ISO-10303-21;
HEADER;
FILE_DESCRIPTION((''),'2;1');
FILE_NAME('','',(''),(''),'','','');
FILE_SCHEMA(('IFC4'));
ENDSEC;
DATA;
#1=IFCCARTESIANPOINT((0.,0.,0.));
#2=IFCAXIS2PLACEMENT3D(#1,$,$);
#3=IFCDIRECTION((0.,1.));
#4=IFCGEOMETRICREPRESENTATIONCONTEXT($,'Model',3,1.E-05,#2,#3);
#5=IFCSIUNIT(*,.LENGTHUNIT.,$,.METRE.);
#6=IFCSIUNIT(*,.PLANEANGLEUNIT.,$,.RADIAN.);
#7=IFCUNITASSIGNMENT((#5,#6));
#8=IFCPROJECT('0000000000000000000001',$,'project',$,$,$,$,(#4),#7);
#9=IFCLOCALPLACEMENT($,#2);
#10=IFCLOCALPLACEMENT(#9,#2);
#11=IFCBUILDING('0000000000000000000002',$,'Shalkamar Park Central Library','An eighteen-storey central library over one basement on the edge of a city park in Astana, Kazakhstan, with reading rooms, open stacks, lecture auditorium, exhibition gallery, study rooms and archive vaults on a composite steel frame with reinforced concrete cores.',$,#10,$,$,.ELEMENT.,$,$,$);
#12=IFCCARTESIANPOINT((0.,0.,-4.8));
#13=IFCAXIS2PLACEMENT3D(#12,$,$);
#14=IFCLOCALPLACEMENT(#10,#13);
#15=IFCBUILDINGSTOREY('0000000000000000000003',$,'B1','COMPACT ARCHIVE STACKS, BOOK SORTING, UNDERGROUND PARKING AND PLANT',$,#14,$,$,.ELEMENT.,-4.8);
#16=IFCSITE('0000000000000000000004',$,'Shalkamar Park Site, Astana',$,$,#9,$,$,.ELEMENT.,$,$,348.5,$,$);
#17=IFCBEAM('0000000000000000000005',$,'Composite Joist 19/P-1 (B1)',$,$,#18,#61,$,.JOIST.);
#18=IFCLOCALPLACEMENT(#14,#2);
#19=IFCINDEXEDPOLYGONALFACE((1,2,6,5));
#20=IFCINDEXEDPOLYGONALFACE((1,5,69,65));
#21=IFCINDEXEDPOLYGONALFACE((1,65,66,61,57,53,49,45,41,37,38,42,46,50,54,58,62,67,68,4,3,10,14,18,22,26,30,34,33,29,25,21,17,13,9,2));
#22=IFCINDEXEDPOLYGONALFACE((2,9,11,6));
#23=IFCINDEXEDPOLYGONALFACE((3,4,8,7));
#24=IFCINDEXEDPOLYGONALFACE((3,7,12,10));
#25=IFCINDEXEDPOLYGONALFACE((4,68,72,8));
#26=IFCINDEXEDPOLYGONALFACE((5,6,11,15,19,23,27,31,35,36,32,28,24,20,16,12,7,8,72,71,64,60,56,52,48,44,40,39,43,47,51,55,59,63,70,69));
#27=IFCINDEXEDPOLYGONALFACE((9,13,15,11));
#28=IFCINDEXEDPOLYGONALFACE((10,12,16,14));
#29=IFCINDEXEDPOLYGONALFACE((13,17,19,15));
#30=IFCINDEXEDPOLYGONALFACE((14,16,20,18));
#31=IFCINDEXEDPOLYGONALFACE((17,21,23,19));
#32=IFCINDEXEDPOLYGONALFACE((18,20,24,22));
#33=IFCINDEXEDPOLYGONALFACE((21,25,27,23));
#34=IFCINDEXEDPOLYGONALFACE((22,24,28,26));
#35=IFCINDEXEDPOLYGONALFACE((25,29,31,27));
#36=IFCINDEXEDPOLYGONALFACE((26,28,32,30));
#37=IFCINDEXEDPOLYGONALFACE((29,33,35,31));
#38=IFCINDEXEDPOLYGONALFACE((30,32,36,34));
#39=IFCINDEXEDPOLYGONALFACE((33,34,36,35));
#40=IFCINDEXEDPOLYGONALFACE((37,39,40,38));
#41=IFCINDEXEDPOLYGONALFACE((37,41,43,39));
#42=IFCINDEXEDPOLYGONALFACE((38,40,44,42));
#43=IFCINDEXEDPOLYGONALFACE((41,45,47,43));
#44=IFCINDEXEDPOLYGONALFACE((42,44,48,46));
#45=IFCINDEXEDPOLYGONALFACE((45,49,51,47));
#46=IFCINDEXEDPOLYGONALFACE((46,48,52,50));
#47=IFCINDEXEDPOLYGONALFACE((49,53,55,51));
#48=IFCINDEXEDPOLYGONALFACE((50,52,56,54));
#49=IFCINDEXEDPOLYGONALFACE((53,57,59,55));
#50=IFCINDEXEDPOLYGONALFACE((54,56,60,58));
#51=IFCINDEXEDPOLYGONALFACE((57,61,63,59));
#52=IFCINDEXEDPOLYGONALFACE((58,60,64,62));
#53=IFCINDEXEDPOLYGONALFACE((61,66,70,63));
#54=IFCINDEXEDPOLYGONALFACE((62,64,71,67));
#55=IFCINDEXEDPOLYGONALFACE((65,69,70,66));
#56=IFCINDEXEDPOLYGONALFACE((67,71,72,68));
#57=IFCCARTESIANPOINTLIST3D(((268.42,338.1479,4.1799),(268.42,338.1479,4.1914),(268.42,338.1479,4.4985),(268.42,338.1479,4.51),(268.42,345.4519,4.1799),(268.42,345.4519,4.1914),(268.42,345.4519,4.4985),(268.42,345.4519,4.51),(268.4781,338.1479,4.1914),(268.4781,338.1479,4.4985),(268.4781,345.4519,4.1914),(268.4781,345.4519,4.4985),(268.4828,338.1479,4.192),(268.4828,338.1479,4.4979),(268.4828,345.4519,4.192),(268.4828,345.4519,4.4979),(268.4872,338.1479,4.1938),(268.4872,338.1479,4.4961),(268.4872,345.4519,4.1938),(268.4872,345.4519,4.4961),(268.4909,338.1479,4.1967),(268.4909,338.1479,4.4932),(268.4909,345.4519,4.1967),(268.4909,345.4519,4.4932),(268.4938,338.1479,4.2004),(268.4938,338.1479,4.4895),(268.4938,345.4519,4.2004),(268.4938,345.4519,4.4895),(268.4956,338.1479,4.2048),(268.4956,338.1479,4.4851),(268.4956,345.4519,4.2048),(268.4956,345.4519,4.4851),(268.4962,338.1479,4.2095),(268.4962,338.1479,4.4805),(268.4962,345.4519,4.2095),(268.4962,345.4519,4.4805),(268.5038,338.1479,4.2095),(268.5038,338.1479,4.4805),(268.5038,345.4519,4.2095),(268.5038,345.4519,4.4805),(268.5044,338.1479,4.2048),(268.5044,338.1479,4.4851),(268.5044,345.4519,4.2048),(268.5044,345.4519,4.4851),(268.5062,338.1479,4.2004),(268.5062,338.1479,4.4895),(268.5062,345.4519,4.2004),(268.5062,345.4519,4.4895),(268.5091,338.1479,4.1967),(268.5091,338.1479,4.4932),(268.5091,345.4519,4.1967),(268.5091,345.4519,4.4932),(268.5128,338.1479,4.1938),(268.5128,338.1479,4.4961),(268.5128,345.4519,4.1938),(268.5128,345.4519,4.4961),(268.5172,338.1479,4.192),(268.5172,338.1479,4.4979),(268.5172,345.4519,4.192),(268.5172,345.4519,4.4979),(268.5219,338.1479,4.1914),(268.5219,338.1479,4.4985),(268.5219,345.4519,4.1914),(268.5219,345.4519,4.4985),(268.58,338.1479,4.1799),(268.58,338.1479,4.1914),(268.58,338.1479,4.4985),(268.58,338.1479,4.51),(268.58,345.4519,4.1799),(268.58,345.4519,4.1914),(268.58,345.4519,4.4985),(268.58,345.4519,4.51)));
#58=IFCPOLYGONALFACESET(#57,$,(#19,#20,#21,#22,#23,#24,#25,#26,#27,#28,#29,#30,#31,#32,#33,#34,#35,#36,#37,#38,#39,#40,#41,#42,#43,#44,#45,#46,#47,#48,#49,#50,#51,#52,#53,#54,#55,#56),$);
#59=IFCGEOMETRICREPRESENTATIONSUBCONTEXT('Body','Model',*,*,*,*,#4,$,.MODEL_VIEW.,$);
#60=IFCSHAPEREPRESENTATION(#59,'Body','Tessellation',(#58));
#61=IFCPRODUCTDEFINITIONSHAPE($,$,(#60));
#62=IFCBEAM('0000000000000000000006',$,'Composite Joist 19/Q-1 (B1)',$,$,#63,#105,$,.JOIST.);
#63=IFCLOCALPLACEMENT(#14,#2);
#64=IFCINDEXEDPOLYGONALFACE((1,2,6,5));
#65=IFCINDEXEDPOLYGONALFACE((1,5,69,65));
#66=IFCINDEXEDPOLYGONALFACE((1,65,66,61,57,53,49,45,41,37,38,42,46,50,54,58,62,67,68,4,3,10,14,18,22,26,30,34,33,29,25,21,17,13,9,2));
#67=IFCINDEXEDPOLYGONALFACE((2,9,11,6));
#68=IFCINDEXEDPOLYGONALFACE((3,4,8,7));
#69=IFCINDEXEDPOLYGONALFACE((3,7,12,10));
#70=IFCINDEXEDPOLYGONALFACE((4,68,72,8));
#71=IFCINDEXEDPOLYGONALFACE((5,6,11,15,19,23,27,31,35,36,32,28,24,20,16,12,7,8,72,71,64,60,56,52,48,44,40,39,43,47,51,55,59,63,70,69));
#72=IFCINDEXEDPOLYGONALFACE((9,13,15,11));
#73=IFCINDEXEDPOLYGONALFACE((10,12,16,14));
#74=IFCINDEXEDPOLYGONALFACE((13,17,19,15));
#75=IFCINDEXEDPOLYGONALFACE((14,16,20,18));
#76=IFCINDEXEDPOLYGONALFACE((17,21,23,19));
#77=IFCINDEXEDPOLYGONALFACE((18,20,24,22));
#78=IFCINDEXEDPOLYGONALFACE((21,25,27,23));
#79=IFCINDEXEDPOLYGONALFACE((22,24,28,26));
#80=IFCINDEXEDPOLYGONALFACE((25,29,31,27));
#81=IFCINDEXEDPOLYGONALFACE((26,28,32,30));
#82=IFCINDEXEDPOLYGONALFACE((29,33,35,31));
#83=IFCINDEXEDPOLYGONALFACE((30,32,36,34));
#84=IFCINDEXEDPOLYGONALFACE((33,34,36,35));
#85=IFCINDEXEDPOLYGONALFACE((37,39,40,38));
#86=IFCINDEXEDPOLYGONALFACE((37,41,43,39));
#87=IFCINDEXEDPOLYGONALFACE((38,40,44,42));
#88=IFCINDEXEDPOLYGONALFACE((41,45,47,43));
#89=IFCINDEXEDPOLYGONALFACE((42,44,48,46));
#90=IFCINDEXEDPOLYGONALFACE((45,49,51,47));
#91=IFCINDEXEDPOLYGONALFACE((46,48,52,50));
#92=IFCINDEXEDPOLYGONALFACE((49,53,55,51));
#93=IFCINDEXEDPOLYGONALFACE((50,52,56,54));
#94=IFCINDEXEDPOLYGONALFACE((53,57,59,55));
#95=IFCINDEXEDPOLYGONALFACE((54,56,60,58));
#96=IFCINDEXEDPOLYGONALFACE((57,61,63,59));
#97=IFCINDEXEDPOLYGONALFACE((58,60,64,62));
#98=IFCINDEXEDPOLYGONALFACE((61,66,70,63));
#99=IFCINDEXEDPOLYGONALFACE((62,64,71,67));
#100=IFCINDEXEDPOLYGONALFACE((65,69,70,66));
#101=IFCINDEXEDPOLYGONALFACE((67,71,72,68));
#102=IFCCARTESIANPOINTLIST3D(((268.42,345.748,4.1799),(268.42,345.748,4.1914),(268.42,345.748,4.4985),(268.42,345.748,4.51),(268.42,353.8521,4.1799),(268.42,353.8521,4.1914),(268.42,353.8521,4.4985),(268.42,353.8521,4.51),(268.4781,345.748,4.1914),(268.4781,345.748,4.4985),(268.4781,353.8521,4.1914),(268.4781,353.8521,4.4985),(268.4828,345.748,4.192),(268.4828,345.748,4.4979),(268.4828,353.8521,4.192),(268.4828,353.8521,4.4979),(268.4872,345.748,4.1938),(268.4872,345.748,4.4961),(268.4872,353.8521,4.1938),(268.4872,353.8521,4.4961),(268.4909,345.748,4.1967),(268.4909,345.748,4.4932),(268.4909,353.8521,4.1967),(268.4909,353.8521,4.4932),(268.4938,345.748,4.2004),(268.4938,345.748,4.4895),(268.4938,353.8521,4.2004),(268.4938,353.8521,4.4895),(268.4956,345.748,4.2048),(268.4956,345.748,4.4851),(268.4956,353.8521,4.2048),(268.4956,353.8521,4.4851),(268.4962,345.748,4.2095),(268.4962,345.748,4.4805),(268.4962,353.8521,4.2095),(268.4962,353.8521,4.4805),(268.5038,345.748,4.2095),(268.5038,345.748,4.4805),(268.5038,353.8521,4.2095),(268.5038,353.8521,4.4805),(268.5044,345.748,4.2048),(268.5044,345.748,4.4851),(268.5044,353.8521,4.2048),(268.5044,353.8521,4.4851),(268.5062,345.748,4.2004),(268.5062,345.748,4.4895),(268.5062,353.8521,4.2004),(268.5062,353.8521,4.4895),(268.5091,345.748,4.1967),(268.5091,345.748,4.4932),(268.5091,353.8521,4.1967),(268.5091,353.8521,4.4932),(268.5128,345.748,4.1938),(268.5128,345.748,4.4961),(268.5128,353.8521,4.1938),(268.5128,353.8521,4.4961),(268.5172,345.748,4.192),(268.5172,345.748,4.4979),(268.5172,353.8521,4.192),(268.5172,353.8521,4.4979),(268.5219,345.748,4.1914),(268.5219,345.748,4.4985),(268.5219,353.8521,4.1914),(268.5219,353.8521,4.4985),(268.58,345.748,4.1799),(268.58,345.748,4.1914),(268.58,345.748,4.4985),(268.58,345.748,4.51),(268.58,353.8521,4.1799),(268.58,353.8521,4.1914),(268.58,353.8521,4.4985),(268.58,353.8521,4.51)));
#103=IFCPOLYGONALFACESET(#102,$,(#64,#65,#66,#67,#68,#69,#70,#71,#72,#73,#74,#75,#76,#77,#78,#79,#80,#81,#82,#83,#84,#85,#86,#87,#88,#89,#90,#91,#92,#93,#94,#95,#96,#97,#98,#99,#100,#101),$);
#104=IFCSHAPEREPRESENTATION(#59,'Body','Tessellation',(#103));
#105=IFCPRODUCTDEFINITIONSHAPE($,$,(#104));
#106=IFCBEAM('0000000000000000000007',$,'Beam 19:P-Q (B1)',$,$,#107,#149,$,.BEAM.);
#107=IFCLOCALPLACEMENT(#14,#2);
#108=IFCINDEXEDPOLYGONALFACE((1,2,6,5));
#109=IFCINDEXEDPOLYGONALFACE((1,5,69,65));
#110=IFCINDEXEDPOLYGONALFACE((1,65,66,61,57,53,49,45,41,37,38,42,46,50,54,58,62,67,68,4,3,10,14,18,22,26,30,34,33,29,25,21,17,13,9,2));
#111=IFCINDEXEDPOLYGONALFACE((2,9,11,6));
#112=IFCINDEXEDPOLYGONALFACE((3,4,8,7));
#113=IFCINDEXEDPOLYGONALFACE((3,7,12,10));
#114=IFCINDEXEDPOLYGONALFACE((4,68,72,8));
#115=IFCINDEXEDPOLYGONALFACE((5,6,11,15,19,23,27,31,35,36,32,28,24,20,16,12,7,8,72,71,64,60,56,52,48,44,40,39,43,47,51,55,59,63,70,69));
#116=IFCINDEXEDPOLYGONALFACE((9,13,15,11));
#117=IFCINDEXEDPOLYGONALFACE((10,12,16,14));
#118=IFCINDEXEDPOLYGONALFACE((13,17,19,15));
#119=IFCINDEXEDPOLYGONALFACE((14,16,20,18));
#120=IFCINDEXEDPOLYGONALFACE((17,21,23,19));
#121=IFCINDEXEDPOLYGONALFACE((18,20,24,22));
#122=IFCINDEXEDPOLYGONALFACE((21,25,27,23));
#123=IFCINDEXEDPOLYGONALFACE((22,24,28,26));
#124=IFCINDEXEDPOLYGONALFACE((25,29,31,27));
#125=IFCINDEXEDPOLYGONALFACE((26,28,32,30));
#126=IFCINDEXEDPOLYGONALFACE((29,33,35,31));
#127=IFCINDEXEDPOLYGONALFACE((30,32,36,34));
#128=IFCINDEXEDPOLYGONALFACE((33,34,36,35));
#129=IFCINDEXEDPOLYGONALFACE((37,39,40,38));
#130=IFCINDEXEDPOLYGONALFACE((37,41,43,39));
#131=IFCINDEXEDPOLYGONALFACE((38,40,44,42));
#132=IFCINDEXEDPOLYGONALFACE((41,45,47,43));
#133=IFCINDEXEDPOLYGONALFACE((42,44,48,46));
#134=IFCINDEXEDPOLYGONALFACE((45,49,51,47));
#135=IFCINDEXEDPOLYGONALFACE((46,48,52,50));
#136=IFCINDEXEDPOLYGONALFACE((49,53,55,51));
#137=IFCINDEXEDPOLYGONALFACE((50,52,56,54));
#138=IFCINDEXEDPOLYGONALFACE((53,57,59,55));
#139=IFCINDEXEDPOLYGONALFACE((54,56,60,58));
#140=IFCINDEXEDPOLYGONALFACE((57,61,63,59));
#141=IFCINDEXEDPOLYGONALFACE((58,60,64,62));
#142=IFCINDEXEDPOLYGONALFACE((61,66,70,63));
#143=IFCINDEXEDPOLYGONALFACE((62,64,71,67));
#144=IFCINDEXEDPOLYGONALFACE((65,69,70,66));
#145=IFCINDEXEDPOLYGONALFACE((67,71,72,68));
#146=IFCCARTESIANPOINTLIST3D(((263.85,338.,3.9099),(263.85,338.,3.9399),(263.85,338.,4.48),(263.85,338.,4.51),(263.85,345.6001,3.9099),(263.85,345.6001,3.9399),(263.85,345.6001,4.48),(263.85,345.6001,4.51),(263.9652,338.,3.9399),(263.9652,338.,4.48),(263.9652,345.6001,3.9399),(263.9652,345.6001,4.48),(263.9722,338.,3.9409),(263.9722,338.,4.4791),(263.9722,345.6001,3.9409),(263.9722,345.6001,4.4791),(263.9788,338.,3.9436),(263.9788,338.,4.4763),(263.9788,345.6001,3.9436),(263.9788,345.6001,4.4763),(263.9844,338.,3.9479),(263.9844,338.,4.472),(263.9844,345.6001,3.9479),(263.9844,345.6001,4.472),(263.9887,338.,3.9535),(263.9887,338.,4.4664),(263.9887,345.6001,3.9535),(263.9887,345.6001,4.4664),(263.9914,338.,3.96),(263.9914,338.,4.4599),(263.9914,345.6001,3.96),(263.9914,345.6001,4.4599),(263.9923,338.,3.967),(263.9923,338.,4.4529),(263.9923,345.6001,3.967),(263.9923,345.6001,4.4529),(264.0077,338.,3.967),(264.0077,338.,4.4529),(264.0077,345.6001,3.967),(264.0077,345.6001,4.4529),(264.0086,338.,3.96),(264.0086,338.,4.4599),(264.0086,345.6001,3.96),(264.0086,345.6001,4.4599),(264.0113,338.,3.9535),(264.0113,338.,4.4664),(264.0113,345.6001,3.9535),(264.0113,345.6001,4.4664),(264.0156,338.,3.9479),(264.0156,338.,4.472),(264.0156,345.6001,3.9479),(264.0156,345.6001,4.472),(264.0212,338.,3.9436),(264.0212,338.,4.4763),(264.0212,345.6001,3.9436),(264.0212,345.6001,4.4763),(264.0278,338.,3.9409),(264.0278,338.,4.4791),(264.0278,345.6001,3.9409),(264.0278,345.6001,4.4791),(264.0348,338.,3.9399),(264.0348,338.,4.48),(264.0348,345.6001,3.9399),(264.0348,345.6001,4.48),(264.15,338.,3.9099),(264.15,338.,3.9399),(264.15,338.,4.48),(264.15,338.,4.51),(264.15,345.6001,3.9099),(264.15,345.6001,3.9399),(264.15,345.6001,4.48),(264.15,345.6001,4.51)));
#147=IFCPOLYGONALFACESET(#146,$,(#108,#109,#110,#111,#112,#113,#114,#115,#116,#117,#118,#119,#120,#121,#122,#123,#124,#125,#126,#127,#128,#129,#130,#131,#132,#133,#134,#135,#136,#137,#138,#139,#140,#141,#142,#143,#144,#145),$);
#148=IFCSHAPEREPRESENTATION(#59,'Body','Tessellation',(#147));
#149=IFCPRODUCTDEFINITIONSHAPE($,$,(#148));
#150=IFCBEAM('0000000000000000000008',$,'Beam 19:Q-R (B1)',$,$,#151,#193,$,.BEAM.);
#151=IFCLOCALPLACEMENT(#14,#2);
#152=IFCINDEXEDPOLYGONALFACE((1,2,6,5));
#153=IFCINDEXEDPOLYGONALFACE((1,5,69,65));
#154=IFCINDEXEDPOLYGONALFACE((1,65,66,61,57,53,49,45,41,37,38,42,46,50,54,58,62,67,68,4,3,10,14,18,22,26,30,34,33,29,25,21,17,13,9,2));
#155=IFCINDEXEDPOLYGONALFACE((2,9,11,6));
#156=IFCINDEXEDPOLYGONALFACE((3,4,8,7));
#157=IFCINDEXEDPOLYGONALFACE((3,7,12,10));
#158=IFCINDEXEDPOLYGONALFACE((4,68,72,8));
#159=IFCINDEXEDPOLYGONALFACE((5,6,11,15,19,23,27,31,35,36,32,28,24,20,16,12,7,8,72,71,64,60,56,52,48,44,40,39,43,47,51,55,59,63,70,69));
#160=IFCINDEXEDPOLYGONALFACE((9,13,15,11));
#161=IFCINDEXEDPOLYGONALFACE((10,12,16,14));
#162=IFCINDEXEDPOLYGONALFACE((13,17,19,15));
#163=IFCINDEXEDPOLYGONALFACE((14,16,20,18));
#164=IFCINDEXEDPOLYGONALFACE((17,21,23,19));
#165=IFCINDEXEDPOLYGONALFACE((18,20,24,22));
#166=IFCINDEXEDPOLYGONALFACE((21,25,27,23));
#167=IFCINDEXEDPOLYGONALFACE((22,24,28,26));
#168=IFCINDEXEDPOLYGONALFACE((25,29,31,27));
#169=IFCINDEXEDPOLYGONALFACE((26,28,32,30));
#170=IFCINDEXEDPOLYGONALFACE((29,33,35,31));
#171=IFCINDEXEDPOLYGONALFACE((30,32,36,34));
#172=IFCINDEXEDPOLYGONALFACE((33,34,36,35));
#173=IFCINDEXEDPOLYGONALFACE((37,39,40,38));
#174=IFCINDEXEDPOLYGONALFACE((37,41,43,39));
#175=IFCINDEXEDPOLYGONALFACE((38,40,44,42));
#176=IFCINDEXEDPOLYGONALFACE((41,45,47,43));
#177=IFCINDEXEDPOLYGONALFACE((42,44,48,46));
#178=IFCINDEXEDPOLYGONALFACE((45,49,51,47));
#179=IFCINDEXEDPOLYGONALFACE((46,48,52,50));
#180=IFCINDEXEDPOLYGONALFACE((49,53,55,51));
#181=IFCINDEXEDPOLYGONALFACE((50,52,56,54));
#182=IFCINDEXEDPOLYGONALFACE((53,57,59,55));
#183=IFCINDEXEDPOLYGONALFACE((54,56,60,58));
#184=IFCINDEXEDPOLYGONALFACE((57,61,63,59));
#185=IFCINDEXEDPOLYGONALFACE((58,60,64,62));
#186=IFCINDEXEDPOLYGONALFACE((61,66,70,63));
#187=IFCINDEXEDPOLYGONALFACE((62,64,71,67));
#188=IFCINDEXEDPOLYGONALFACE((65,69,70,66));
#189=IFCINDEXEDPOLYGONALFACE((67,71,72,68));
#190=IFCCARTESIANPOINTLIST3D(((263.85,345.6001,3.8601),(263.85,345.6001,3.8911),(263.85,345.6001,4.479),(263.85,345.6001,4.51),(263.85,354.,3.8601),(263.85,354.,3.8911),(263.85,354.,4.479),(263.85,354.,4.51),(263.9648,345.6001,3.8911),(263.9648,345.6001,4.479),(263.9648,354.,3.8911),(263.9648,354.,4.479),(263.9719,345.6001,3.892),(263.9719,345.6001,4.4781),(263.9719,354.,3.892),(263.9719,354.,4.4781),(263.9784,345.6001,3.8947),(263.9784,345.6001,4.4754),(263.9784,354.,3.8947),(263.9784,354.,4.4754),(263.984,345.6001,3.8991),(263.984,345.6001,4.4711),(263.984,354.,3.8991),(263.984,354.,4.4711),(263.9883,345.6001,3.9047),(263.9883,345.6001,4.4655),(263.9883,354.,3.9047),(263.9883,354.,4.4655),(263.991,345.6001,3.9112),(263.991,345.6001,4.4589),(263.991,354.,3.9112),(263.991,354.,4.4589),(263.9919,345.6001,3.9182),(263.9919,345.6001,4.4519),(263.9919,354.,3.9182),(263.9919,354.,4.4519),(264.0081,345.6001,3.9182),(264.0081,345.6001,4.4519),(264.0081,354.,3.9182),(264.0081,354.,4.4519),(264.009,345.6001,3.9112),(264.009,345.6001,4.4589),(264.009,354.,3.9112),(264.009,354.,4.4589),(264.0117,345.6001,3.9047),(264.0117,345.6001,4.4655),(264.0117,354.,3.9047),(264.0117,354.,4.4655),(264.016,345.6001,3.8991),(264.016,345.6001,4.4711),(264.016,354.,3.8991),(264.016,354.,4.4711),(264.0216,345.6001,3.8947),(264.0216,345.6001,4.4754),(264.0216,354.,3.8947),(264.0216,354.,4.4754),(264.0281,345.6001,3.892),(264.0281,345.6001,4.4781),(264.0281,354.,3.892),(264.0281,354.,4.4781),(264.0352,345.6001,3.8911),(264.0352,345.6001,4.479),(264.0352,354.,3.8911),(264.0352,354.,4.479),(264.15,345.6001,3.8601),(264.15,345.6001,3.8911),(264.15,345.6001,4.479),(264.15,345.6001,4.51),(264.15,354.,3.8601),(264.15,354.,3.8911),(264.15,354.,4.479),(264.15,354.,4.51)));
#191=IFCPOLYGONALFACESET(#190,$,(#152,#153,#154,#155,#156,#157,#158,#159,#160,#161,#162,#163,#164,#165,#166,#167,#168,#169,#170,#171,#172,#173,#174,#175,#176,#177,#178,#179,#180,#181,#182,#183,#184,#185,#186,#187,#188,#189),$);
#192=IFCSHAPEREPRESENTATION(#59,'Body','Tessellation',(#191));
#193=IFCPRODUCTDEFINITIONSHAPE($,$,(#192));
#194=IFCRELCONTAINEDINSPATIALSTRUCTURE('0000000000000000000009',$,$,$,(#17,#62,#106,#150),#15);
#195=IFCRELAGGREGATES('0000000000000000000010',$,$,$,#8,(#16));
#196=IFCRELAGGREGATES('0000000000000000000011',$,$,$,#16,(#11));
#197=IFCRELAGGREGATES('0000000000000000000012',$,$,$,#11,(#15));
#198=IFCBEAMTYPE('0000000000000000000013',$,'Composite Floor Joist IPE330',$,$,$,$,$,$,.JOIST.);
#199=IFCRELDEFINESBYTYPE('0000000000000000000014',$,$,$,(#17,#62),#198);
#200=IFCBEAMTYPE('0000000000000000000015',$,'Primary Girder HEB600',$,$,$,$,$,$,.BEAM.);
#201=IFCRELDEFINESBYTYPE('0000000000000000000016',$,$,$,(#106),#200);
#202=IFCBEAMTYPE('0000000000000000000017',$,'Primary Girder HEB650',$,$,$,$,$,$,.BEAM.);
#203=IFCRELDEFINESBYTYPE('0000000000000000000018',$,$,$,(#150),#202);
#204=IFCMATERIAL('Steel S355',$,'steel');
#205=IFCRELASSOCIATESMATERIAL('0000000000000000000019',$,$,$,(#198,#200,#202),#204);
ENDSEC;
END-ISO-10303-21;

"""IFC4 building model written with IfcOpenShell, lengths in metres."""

from ifc_helpers import new_model, si_unit, direction, frame, origin, origin_2d, place, context, subcontext, project, spatial, i_section, extrude, material, material_profile, profile_set, type_object, element, save


model = new_model("IFC4")

# Units and contexts
model_context = context("Model", 3, precision=1e-05, world=origin(), true_north=direction((0.0, 1.0)))
body_context = subcontext(model_context, "Body", "Model", "MODEL_VIEW")
ifc_project = project(units=[si_unit("LENGTHUNIT", "METRE"), si_unit("PLANEANGLEUNIT", "RADIAN")], contexts=[model_context])

# Site, building, storey
site_placement = place(None, origin())
site = spatial("IfcSite", under=ifc_project, at=site_placement, Name="Shalkamar Park Site, Astana", CompositionType="ELEMENT", RefElevation=348.5)
building_placement = place(site_placement, origin())
building = spatial("IfcBuilding", under=site, at=building_placement, Name="Shalkamar Park Central Library", Description="An eighteen-storey central library over one basement on the edge of a city park in Astana, Kazakhstan, with reading rooms, open stacks, lecture auditorium, exhibition gallery, study rooms and archive vaults on a composite steel frame with reinforced concrete cores.", CompositionType="ELEMENT")
storey_placement = place(building_placement, frame((0.0, 0.0, -4.8)))
storey = spatial("IfcBuildingStorey", under=building, at=storey_placement, Name="B1", Description="COMPACT ARCHIVE STACKS, BOOK SORTING, UNDERGROUND PARKING AND PLANT", CompositionType="ELEMENT", Elevation=-4.8)

# Shared definitions
ifc_material_1 = material(Name="Steel S355", Category="steel")

# Beams
ifc_material_profile_1 = material_profile(ifc_material_1, i_section(OverallWidth=0.1599, OverallDepth=0.3301, WebThickness=0.0076, FlangeThickness=0.0115, FilletRadius=0.0181, at=origin_2d()), Name="IPE 330")
ifc_profile_set_1 = profile_set([ifc_material_profile_1], Name="Steel S355")
beam_type_1 = type_object("IfcBeamType", Name="Composite Floor Joist IPE330", PredefinedType="JOIST", material=ifc_profile_set_1)
beam_1_placement = place(storey_placement, frame((268.5, 338.1479, 4.345), z_axis=(0.0, 1.0, 0.0), x_axis=(-1.0, 0.0, 0.0)))
element("IfcBeam", 1, at=beam_1_placement, inside=storey, type_object=beam_type_1, Name="Composite Joist 19/P-1 (B1)", PredefinedType="JOIST", context=body_context, shape_type="SweptSolid", body=[
    extrude(i_section(OverallWidth=0.1599, OverallDepth=0.3301, WebThickness=0.0076, FlangeThickness=0.0115, FilletRadius=0.0181, at=origin_2d()), origin(), (0.0, 0.0, 1.0), 7.304),
])
beam_2_placement = place(storey_placement, frame((268.5, 345.748, 4.345), z_axis=(0.0, 1.0, 0.0), x_axis=(-1.0, 0.0, 0.0)))
element("IfcBeam", 2, at=beam_2_placement, inside=storey, type_object=beam_type_1, Name="Composite Joist 19/Q-1 (B1)", PredefinedType="JOIST", context=body_context, shape_type="SweptSolid", body=[
    extrude(i_section(OverallWidth=0.1599, OverallDepth=0.3301, WebThickness=0.0076, FlangeThickness=0.0115, FilletRadius=0.0181, at=origin_2d()), origin(), (0.0, 0.0, 1.0), 8.104),
])
ifc_material_profile_2 = material_profile(ifc_material_1, i_section(OverallWidth=0.3, OverallDepth=0.6001, WebThickness=0.0154, FlangeThickness=0.03, FilletRadius=0.0271, at=origin_2d()), Name="HEB 600")
ifc_profile_set_2 = profile_set([ifc_material_profile_2], Name="Steel S355")
beam_type_2 = type_object("IfcBeamType", Name="Primary Girder HEB600", PredefinedType="BEAM", material=ifc_profile_set_2)
beam_3_placement = place(storey_placement, frame((264.0, 338.0, 4.21), z_axis=(0.0, 1.0, 0.0), x_axis=(-1.0, 0.0, 0.0)))
element("IfcBeam", 3, at=beam_3_placement, inside=storey, type_object=beam_type_2, Name="Beam 19:P-Q (B1)", PredefinedType="BEAM", context=body_context, shape_type="SweptSolid", body=[
    extrude(i_section(OverallWidth=0.3, OverallDepth=0.6001, WebThickness=0.0154, FlangeThickness=0.03, FilletRadius=0.0271, at=origin_2d()), origin(), (0.0, 0.0, 1.0), 7.6001),
])
ifc_material_profile_3 = material_profile(ifc_material_1, i_section(OverallWidth=0.3, OverallDepth=0.6499, WebThickness=0.0161, FlangeThickness=0.031, FilletRadius=0.0271, at=origin_2d()), Name="HEB 650")
ifc_profile_set_3 = profile_set([ifc_material_profile_3], Name="Steel S355")
beam_type_3 = type_object("IfcBeamType", Name="Primary Girder HEB650", PredefinedType="BEAM", material=ifc_profile_set_3)
beam_4_placement = place(storey_placement, frame((264.0, 345.6001, 4.1851), z_axis=(0.0, 1.0, 0.0), x_axis=(-1.0, 0.0, 0.0)))
element("IfcBeam", 4, at=beam_4_placement, inside=storey, type_object=beam_type_3, Name="Beam 19:Q-R (B1)", PredefinedType="BEAM", context=body_context, shape_type="SweptSolid", body=[
    extrude(i_section(OverallWidth=0.3, OverallDepth=0.6499, WebThickness=0.0161, FlangeThickness=0.031, FilletRadius=0.0271, at=origin_2d()), origin(), (0.0, 0.0, 1.0), 8.3999),
])

save(model, "model.ifc")
